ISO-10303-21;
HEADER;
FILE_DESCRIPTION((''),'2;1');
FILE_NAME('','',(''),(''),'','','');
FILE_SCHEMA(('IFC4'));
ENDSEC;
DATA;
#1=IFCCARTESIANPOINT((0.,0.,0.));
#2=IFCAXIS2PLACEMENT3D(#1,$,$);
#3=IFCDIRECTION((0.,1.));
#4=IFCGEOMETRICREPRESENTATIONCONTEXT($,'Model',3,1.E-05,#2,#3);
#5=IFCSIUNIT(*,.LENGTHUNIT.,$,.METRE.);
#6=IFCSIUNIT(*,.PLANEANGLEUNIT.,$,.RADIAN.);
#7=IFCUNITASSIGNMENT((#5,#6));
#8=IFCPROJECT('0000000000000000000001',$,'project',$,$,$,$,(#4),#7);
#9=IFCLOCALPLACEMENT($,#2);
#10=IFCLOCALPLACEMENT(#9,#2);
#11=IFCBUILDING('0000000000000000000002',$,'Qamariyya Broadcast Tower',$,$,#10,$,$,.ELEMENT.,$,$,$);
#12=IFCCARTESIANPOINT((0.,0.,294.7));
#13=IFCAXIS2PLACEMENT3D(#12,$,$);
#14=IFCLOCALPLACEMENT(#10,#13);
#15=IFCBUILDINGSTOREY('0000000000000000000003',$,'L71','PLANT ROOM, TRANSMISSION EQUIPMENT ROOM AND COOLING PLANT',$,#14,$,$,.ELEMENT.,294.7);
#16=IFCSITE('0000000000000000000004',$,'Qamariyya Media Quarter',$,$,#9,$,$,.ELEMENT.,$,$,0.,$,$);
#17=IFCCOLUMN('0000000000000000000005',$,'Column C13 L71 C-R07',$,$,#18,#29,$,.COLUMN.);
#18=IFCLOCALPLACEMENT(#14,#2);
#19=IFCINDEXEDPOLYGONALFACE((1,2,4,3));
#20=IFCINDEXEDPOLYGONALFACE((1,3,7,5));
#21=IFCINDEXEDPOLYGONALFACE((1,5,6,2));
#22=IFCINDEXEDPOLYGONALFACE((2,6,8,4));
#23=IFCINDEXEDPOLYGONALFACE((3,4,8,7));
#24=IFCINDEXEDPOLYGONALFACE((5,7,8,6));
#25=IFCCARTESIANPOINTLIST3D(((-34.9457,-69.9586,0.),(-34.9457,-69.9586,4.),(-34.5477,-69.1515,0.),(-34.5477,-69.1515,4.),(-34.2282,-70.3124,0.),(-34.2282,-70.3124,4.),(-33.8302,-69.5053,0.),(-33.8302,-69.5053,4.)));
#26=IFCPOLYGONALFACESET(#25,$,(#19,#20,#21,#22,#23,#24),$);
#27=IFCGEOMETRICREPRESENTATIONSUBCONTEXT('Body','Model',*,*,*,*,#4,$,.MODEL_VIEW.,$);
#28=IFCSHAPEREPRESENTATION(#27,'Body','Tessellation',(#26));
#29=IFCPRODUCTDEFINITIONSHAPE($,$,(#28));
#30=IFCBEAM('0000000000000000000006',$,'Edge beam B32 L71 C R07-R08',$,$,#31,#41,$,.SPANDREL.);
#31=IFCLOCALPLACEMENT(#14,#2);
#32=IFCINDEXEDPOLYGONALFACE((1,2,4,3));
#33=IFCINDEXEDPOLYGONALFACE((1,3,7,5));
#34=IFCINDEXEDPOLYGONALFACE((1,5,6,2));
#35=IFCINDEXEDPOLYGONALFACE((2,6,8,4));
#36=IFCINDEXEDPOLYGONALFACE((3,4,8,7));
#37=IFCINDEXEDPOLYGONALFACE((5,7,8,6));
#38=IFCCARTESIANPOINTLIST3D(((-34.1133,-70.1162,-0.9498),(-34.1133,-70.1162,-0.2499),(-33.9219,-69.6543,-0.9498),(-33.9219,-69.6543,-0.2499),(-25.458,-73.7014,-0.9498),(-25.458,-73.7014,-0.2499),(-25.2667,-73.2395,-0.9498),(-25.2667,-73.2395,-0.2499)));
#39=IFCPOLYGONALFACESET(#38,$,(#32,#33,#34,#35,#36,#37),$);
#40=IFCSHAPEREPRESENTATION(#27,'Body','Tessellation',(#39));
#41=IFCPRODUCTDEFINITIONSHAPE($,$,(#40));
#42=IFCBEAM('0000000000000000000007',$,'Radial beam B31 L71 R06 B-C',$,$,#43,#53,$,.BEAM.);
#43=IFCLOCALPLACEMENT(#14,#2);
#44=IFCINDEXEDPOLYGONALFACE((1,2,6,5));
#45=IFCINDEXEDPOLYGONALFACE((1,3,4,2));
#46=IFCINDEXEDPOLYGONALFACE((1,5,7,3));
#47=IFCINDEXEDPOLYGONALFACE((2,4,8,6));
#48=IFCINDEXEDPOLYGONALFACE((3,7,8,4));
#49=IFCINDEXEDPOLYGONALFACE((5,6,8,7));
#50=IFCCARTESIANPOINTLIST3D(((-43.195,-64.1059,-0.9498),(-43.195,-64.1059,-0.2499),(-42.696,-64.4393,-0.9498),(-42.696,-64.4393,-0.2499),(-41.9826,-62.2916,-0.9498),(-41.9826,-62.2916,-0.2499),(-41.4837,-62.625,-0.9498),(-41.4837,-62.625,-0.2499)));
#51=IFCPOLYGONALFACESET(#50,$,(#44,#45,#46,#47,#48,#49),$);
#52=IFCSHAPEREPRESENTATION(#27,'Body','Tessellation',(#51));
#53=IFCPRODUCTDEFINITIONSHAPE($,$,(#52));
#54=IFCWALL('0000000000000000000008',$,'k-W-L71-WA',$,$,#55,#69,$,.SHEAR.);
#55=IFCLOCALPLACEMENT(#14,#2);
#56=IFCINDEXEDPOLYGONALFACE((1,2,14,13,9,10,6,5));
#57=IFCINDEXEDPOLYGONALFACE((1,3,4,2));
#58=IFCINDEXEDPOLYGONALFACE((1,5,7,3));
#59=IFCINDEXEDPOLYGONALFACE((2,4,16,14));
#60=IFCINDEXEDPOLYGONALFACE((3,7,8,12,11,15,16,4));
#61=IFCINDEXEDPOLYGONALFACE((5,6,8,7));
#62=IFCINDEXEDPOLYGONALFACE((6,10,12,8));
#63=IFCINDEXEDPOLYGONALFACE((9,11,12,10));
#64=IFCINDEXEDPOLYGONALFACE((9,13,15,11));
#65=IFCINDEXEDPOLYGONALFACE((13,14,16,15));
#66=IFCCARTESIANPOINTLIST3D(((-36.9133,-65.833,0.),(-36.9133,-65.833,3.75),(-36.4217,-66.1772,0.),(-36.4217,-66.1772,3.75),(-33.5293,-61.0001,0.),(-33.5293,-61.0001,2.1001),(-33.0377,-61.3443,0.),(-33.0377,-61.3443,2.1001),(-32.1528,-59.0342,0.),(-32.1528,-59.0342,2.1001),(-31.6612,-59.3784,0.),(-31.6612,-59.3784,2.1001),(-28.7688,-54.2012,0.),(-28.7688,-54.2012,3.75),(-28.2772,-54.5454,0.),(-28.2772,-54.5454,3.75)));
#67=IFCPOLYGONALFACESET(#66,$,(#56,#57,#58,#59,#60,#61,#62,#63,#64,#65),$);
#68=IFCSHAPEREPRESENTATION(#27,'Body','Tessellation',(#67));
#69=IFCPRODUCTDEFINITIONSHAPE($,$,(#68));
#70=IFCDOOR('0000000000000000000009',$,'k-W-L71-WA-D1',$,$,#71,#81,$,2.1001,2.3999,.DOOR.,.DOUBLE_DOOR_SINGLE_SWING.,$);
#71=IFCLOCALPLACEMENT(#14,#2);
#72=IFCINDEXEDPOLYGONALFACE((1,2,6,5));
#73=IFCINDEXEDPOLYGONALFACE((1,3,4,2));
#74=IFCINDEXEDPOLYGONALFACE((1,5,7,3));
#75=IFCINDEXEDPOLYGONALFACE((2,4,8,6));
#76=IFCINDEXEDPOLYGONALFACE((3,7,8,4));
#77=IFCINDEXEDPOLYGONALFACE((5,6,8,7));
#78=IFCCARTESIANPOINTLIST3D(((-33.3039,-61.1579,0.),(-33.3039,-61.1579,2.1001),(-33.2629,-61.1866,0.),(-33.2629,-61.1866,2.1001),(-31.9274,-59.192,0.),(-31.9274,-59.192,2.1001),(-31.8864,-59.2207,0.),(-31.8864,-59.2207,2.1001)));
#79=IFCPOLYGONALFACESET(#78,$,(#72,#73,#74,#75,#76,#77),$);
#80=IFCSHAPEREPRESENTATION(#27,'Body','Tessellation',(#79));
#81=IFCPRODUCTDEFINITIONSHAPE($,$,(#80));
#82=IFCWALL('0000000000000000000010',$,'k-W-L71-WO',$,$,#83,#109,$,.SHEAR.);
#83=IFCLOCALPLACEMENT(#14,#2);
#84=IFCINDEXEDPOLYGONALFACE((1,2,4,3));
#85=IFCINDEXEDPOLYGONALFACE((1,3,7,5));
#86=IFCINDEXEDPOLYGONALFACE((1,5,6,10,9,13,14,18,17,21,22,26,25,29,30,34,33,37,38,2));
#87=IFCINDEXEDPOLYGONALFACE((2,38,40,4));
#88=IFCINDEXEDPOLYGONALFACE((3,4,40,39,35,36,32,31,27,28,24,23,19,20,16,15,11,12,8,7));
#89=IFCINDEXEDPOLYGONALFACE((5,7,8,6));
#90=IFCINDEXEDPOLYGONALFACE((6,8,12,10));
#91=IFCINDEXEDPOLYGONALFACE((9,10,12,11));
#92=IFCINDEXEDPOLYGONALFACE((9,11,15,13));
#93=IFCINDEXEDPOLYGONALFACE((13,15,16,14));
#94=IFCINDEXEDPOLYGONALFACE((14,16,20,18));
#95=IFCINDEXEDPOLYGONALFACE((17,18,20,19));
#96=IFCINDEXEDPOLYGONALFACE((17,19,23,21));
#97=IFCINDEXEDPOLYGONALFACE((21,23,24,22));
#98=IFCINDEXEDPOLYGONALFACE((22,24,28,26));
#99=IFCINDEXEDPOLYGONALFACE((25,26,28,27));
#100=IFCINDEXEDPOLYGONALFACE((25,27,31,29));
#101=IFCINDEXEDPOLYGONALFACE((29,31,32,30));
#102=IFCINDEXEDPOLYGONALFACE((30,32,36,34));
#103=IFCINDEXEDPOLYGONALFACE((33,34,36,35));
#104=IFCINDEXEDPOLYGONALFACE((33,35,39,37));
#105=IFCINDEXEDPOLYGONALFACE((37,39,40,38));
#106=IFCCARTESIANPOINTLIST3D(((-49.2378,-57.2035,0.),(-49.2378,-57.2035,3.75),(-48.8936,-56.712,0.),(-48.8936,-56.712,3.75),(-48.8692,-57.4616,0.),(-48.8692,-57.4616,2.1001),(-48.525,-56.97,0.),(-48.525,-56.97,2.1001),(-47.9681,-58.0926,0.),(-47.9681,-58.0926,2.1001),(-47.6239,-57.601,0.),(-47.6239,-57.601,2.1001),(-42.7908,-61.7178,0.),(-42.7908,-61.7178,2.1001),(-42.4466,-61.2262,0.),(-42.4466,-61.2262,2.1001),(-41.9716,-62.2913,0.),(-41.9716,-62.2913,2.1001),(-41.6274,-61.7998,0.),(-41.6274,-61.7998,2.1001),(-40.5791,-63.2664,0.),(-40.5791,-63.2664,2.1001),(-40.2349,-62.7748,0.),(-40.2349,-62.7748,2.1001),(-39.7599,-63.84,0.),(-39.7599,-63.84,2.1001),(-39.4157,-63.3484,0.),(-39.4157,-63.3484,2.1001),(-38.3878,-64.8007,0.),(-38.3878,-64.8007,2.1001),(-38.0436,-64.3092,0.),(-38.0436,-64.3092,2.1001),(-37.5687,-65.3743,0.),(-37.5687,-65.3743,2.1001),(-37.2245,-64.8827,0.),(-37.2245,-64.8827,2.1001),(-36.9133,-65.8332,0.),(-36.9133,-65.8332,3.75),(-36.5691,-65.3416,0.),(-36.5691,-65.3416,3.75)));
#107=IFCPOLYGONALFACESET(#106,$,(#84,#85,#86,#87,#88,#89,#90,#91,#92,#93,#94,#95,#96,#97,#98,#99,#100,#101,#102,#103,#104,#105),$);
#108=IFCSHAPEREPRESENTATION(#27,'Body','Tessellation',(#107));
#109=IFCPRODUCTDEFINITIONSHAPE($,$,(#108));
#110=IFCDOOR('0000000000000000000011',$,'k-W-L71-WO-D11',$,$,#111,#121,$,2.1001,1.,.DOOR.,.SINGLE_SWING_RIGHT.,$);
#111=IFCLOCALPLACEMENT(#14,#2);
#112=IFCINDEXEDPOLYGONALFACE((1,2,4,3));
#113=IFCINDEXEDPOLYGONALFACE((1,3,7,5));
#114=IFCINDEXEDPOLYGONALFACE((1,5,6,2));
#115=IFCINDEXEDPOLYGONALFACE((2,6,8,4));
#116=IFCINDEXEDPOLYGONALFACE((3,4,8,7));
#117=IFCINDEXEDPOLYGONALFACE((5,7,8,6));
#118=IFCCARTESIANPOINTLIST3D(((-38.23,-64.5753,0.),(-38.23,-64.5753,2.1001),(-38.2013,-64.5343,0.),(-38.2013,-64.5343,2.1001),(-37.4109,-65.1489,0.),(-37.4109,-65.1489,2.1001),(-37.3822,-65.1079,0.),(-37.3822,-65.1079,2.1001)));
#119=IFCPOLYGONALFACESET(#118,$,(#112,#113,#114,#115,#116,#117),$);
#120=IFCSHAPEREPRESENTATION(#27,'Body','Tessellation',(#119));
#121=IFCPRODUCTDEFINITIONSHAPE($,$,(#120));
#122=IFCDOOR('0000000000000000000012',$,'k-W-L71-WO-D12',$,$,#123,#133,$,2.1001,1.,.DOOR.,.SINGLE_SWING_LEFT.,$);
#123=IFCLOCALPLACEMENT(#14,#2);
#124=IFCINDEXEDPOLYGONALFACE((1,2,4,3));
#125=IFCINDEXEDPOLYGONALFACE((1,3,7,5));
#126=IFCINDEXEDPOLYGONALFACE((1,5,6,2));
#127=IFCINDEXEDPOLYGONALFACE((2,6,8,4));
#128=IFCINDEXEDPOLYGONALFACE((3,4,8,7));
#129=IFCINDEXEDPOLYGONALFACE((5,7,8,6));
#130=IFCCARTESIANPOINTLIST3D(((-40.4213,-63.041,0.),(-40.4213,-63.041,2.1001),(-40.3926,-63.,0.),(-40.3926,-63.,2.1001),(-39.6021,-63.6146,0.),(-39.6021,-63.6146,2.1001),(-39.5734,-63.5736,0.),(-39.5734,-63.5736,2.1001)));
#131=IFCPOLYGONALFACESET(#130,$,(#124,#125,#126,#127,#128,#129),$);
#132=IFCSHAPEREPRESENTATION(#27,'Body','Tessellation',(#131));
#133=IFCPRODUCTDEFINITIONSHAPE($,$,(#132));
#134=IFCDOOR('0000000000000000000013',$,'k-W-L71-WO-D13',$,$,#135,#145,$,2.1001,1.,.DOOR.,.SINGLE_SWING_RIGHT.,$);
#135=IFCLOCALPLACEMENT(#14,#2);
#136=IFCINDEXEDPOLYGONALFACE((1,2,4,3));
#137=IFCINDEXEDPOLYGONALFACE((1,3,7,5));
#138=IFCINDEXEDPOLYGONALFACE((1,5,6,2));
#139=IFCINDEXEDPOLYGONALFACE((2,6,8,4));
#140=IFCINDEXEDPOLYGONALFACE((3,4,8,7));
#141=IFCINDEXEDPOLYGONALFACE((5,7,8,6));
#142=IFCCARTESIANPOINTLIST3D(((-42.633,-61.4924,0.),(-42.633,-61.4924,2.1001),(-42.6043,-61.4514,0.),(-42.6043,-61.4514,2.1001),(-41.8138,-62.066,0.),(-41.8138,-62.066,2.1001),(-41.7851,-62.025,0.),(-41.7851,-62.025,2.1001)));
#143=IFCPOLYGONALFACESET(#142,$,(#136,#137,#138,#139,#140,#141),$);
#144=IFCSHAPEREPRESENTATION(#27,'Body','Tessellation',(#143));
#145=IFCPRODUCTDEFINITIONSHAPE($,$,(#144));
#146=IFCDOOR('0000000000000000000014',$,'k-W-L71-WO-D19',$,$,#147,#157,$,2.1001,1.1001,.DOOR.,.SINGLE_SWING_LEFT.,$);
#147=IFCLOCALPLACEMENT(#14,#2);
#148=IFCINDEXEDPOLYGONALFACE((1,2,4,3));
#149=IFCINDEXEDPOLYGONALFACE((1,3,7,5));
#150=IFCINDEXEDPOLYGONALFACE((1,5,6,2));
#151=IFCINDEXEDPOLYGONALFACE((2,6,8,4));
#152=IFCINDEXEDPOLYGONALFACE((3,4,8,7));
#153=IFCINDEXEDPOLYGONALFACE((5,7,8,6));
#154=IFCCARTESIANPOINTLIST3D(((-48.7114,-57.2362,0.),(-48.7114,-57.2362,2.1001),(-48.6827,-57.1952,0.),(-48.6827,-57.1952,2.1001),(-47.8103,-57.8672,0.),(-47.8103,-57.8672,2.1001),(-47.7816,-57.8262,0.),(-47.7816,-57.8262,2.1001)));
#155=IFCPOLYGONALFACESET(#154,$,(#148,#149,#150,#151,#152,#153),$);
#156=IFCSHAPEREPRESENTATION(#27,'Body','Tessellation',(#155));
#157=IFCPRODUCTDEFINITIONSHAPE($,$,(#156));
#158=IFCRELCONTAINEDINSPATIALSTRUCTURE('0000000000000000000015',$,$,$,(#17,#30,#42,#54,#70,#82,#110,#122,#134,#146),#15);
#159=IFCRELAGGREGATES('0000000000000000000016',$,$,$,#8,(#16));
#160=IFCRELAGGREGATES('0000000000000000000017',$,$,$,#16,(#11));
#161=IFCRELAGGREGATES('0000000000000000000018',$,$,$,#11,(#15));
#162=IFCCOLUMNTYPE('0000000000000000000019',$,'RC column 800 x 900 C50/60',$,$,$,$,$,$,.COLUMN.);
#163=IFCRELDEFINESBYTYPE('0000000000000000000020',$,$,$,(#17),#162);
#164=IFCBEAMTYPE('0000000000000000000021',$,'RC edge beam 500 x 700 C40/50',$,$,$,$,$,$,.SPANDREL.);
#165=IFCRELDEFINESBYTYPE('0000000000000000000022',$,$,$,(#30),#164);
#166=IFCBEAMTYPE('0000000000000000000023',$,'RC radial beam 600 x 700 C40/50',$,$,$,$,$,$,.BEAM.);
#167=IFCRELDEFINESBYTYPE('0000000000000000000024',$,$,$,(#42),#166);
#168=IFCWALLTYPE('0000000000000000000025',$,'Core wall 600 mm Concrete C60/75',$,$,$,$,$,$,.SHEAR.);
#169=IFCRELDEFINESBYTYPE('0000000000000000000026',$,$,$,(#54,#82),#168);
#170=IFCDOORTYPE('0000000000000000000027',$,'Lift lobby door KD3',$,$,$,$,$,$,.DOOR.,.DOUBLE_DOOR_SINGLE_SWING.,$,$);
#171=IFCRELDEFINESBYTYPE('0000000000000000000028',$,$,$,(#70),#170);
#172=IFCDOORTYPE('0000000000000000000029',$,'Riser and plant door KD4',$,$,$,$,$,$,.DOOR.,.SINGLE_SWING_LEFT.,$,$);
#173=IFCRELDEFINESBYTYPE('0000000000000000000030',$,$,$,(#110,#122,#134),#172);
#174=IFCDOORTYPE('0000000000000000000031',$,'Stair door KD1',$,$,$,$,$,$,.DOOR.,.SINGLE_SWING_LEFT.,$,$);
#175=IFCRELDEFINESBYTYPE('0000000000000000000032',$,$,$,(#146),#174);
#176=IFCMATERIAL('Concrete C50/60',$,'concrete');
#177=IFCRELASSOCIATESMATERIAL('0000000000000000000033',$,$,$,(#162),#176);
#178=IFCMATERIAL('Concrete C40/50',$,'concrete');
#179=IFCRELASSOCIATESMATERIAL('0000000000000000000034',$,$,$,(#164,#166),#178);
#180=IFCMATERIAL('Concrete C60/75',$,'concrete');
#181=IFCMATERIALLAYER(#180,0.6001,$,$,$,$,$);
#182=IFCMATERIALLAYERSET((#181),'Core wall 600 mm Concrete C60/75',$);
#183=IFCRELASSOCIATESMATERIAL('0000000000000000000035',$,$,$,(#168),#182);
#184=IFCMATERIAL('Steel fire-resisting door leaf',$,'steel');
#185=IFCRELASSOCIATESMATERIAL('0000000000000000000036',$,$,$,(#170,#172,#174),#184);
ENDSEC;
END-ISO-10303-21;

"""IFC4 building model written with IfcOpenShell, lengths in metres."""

from ifc_helpers import new_model, si_unit, direction, frame, frame_2d, origin, origin_2d, place, context, subcontext, project, spatial, rectangle, extrude, material, layer, layer_set, material_profile, profile_set, type_object, element, fill, save


model = new_model("IFC4")

# Units and contexts
model_context = context("Model", 3, precision=1e-05, world=origin(), true_north=direction((0.0, 1.0)))
body_context = subcontext(model_context, "Body", "Model", "MODEL_VIEW")
ifc_project = project(units=[si_unit("LENGTHUNIT", "METRE"), si_unit("PLANEANGLEUNIT", "RADIAN")], contexts=[model_context])

# Site, building, storey
site_placement = place(None, origin())
site = spatial("IfcSite", under=ifc_project, at=site_placement, Name="Qamariyya Media Quarter", CompositionType="ELEMENT", RefElevation=0.0)
building_placement = place(site_placement, origin())
building = spatial("IfcBuilding", under=site, at=building_placement, Name="Qamariyya Broadcast Tower", CompositionType="ELEMENT")
storey_placement = place(building_placement, frame((0.0, 0.0, 294.7)))
storey = spatial("IfcBuildingStorey", under=building, at=storey_placement, Name="L71", Description="PLANT ROOM, TRANSMISSION EQUIPMENT ROOM AND COOLING PLANT", CompositionType="ELEMENT", Elevation=294.7)

# Column
ifc_material_1 = material(Name="Concrete C50/60", Category="concrete")
ifc_material_profile_1 = material_profile(ifc_material_1, rectangle(XDim=0.8, YDim=0.8999, at=origin_2d()))
ifc_profile_set_1 = profile_set([ifc_material_profile_1], Name="Concrete C50/60")
column_type = type_object("IfcColumnType", Name="RC column 800 x 900 C50/60", PredefinedType="COLUMN", material=ifc_profile_set_1)
column_placement = place(storey_placement, frame((-34.3879, -69.7319, 0.0), z_axis=(0.0, 0.0, 1.0), x_axis=(0.896873, -0.442289, 0.0)))
element("IfcColumn", 1, at=column_placement, inside=storey, type_object=column_type, Name="Column C13 L71 C-R07", PredefinedType="COLUMN", context=body_context, shape_type="SweptSolid", body=[
    extrude(rectangle(XDim=0.8, YDim=0.8999, at=origin_2d()), origin(), (0.0, 0.0, 1.0), 4.0),
])

# Beams
ifc_material_2 = material(Name="Concrete C40/50", Category="concrete")
ifc_material_profile_2 = material_profile(ifc_material_2, rectangle(XDim=0.5, YDim=0.7, at=origin_2d()))
ifc_profile_set_2 = profile_set([ifc_material_profile_2], Name="Concrete C40/50")
beam_type_1 = type_object("IfcBeamType", Name="RC edge beam 500 x 700 C40/50", PredefinedType="SPANDREL", material=ifc_profile_set_2)
beam_1_placement = place(storey_placement, frame((-34.0176, -69.8853, -0.5999), z_axis=(0.923877, -0.38269, 0.0), x_axis=(0.38269, 0.923877, 0.0)))
element("IfcBeam", 2, at=beam_1_placement, inside=storey, type_object=beam_type_1, Name="Edge beam B32 L71 C R07-R08", PredefinedType="SPANDREL", context=body_context, shape_type="SweptSolid", body=[
    extrude(rectangle(XDim=0.5, YDim=0.7, at=origin_2d()), origin(), (0.0, 0.0, 1.0), 9.3684),
])
ifc_material_profile_3 = material_profile(ifc_material_2, rectangle(XDim=0.6001, YDim=0.7, at=origin_2d()))
ifc_profile_set_3 = profile_set([ifc_material_profile_3], Name="Concrete C40/50")
beam_type_2 = type_object("IfcBeamType", Name="RC radial beam 600 x 700 C40/50", PredefinedType="BEAM", material=ifc_profile_set_3)
beam_2_placement = place(storey_placement, frame((-41.7332, -62.4583, -0.5999), z_axis=(-0.555578, -0.831465, 0.0), x_axis=(0.831465, -0.555578, 0.0)))
element("IfcBeam", 3, at=beam_2_placement, inside=storey, type_object=beam_type_2, Name="Radial beam B31 L71 R06 B-C", PredefinedType="BEAM", context=body_context, shape_type="SweptSolid", body=[
    extrude(rectangle(XDim=0.6001, YDim=0.7, at=origin_2d()), origin(), (0.0, 0.0, 1.0), 2.1821),
])

# Wall, opening, door
ifc_material_3 = material(Name="Concrete C60/75", Category="concrete")
ifc_layer_1 = layer(ifc_material_3, 0.6001)
ifc_layer_set_1 = layer_set([ifc_layer_1], Name="Core wall 600 mm Concrete C60/75")
wall_type_1 = type_object("IfcWallType", Name="Core wall 600 mm Concrete C60/75", PredefinedType="SHEAR", material=ifc_layer_set_1)
wall_1_placement = place(storey_placement, frame((-36.6675, -66.0051, 0.0), z_axis=(0.0, 0.0, 1.0), x_axis=(0.573568, 0.819158, 0.0)))
wall_1 = element("IfcWall", 4, at=wall_1_placement, inside=storey, type_object=wall_type_1, Name="k-W-L71-WA", PredefinedType="SHEAR", context=body_context, shape_type="SweptSolid", body=[
    extrude(rectangle(XDim=14.1997, YDim=0.6001, at=frame_2d((7.0999, 0.0))), origin(), (0.0, 0.0, 1.0), 3.75),
])
opening_1_placement = place(wall_1_placement, frame((5.8999, 0.0, 0.0)))
opening_1 = element("IfcOpeningElement", 5, at=opening_1_placement, cuts=wall_1, PredefinedType="OPENING", context=body_context, shape_type="SweptSolid", body=[
    extrude(rectangle(XDim=2.3999, YDim=2.1001, at=frame_2d((1.2, 1.05))), frame((0.0, 0.3101, 0.0), z_axis=(0.0, -1.0, 0.0), x_axis=(1.0, 0.0, 0.0)), (0.0, 0.0, 1.0), 0.6201),
])
ifc_material_4 = material(Name="Steel fire-resisting door leaf", Category="steel")
door_type_1 = type_object("IfcDoorType", Name="Lift lobby door KD3", OperationType="DOUBLE_DOOR_SINGLE_SWING", PredefinedType="DOOR", material=ifc_material_4)
door_1_placement = place(opening_1_placement, origin())
door_1 = element("IfcDoor", 6, at=door_1_placement, inside=storey, type_object=door_type_1, Name="k-W-L71-WA-D1", OperationType="DOUBLE_DOOR_SINGLE_SWING", OverallHeight=2.1001, OverallWidth=2.3999, PredefinedType="DOOR", context=body_context, shape_type="SweptSolid", body=[
    extrude(rectangle(XDim=2.3999, YDim=2.1001, at=frame_2d((1.2, 1.05))), frame((0.0, 0.0249, 0.0), z_axis=(0.0, -1.0, 0.0), x_axis=(1.0, 0.0, 0.0)), (0.0, 0.0, 1.0), 0.05),
])
fill(opening_1, door_1)

# Wall, openings, doors
wall_2_placement = place(storey_placement, frame((-36.7412, -65.5874, 0.0), z_axis=(0.0, 0.0, 1.0), x_axis=(-0.819153, 0.573575, 0.0)))
wall_2 = element("IfcWall", 7, at=wall_2_placement, inside=storey, type_object=wall_type_1, Name="k-W-L71-WO", PredefinedType="SHEAR", context=body_context, shape_type="SweptSolid", body=[
    extrude(rectangle(XDim=15.0454, YDim=0.6001, at=frame_2d((7.5227, 0.0))), origin(), (0.0, 0.0, 1.0), 3.75),
])
opening_2_placement = place(wall_2_placement, frame((0.8, 0.0, 0.0)))
opening_2 = element("IfcOpeningElement", 8, at=opening_2_placement, cuts=wall_2, PredefinedType="OPENING", context=body_context, shape_type="SweptSolid", body=[
    extrude(rectangle(XDim=1.0, YDim=2.1001, at=frame_2d((0.5, 1.05))), frame((0.0, 0.3101, 0.0), z_axis=(0.0, -1.0, 0.0), x_axis=(1.0, 0.0, 0.0)), (0.0, 0.0, 1.0), 0.6201),
])
opening_3_placement = place(wall_2_placement, frame((3.4751, 0.0, 0.0)))
opening_3 = element("IfcOpeningElement", 9, at=opening_3_placement, cuts=wall_2, PredefinedType="OPENING", context=body_context, shape_type="SweptSolid", body=[
    extrude(rectangle(XDim=1.0, YDim=2.1001, at=frame_2d((0.5, 1.05))), frame((0.0, 0.3101, 0.0), z_axis=(0.0, -1.0, 0.0), x_axis=(1.0, 0.0, 0.0)), (0.0, 0.0, 1.0), 0.6201),
])
opening_4_placement = place(wall_2_placement, frame((6.175, 0.0, 0.0)))
opening_4 = element("IfcOpeningElement", 10, at=opening_4_placement, cuts=wall_2, PredefinedType="OPENING", context=body_context, shape_type="SweptSolid", body=[
    extrude(rectangle(XDim=1.0, YDim=2.1001, at=frame_2d((0.5, 1.05))), frame((0.0, 0.3101, 0.0), z_axis=(0.0, -1.0, 0.0), x_axis=(1.0, 0.0, 0.0)), (0.0, 0.0, 1.0), 0.6201),
])
opening_5_placement = place(wall_2_placement, frame((13.4954, 0.0, 0.0)))
opening_5 = element("IfcOpeningElement", 11, at=opening_5_placement, cuts=wall_2, PredefinedType="OPENING", context=body_context, shape_type="SweptSolid", body=[
    extrude(rectangle(XDim=1.1001, YDim=2.1001, at=frame_2d((0.55, 1.05))), frame((0.0, 0.3101, 0.0), z_axis=(0.0, -1.0, 0.0), x_axis=(1.0, 0.0, 0.0)), (0.0, 0.0, 1.0), 0.6201),
])
door_type_2 = type_object("IfcDoorType", Name="Riser and plant door KD4", OperationType="SINGLE_SWING_LEFT", PredefinedType="DOOR", material=ifc_material_4)
door_2_placement = place(opening_2_placement, origin())
door_2 = element("IfcDoor", 12, at=door_2_placement, inside=storey, type_object=door_type_2, Name="k-W-L71-WO-D11", OperationType="SINGLE_SWING_RIGHT", OverallHeight=2.1001, OverallWidth=1.0, PredefinedType="DOOR", context=body_context, shape_type="SweptSolid", body=[
    extrude(rectangle(XDim=1.0, YDim=2.1001, at=frame_2d((0.5, 1.05))), frame((0.0, 0.0249, 0.0), z_axis=(0.0, -1.0, 0.0), x_axis=(1.0, 0.0, 0.0)), (0.0, 0.0, 1.0), 0.05),
])
fill(opening_2, door_2)
door_3_placement = place(opening_3_placement, origin())
door_3 = element("IfcDoor", 13, at=door_3_placement, inside=storey, type_object=door_type_2, Name="k-W-L71-WO-D12", OperationType="SINGLE_SWING_LEFT", OverallHeight=2.1001, OverallWidth=1.0, PredefinedType="DOOR", context=body_context, shape_type="SweptSolid", body=[
    extrude(rectangle(XDim=1.0, YDim=2.1001, at=frame_2d((0.5, 1.05))), frame((0.0, 0.0249, 0.0), z_axis=(0.0, -1.0, 0.0), x_axis=(1.0, 0.0, 0.0)), (0.0, 0.0, 1.0), 0.05),
])
fill(opening_3, door_3)
door_4_placement = place(opening_4_placement, origin())
door_4 = element("IfcDoor", 14, at=door_4_placement, inside=storey, type_object=door_type_2, Name="k-W-L71-WO-D13", OperationType="SINGLE_SWING_RIGHT", OverallHeight=2.1001, OverallWidth=1.0, PredefinedType="DOOR", context=body_context, shape_type="SweptSolid", body=[
    extrude(rectangle(XDim=1.0, YDim=2.1001, at=frame_2d((0.5, 1.05))), frame((0.0, 0.0249, 0.0), z_axis=(0.0, -1.0, 0.0), x_axis=(1.0, 0.0, 0.0)), (0.0, 0.0, 1.0), 0.05),
])
fill(opening_4, door_4)
door_type_3 = type_object("IfcDoorType", Name="Stair door KD1", OperationType="SINGLE_SWING_LEFT", PredefinedType="DOOR", material=ifc_material_4)
door_5_placement = place(opening_5_placement, origin())
door_5 = element("IfcDoor", 15, at=door_5_placement, inside=storey, type_object=door_type_3, Name="k-W-L71-WO-D19", OperationType="SINGLE_SWING_LEFT", OverallHeight=2.1001, OverallWidth=1.1001, PredefinedType="DOOR", context=body_context, shape_type="SweptSolid", body=[
    extrude(rectangle(XDim=1.1001, YDim=2.1001, at=frame_2d((0.55, 1.05))), frame((0.0, 0.0249, 0.0), z_axis=(0.0, -1.0, 0.0), x_axis=(1.0, 0.0, 0.0)), (0.0, 0.0, 1.0), 0.05),
])
fill(opening_5, door_5)

save(model, "model.ifc")
